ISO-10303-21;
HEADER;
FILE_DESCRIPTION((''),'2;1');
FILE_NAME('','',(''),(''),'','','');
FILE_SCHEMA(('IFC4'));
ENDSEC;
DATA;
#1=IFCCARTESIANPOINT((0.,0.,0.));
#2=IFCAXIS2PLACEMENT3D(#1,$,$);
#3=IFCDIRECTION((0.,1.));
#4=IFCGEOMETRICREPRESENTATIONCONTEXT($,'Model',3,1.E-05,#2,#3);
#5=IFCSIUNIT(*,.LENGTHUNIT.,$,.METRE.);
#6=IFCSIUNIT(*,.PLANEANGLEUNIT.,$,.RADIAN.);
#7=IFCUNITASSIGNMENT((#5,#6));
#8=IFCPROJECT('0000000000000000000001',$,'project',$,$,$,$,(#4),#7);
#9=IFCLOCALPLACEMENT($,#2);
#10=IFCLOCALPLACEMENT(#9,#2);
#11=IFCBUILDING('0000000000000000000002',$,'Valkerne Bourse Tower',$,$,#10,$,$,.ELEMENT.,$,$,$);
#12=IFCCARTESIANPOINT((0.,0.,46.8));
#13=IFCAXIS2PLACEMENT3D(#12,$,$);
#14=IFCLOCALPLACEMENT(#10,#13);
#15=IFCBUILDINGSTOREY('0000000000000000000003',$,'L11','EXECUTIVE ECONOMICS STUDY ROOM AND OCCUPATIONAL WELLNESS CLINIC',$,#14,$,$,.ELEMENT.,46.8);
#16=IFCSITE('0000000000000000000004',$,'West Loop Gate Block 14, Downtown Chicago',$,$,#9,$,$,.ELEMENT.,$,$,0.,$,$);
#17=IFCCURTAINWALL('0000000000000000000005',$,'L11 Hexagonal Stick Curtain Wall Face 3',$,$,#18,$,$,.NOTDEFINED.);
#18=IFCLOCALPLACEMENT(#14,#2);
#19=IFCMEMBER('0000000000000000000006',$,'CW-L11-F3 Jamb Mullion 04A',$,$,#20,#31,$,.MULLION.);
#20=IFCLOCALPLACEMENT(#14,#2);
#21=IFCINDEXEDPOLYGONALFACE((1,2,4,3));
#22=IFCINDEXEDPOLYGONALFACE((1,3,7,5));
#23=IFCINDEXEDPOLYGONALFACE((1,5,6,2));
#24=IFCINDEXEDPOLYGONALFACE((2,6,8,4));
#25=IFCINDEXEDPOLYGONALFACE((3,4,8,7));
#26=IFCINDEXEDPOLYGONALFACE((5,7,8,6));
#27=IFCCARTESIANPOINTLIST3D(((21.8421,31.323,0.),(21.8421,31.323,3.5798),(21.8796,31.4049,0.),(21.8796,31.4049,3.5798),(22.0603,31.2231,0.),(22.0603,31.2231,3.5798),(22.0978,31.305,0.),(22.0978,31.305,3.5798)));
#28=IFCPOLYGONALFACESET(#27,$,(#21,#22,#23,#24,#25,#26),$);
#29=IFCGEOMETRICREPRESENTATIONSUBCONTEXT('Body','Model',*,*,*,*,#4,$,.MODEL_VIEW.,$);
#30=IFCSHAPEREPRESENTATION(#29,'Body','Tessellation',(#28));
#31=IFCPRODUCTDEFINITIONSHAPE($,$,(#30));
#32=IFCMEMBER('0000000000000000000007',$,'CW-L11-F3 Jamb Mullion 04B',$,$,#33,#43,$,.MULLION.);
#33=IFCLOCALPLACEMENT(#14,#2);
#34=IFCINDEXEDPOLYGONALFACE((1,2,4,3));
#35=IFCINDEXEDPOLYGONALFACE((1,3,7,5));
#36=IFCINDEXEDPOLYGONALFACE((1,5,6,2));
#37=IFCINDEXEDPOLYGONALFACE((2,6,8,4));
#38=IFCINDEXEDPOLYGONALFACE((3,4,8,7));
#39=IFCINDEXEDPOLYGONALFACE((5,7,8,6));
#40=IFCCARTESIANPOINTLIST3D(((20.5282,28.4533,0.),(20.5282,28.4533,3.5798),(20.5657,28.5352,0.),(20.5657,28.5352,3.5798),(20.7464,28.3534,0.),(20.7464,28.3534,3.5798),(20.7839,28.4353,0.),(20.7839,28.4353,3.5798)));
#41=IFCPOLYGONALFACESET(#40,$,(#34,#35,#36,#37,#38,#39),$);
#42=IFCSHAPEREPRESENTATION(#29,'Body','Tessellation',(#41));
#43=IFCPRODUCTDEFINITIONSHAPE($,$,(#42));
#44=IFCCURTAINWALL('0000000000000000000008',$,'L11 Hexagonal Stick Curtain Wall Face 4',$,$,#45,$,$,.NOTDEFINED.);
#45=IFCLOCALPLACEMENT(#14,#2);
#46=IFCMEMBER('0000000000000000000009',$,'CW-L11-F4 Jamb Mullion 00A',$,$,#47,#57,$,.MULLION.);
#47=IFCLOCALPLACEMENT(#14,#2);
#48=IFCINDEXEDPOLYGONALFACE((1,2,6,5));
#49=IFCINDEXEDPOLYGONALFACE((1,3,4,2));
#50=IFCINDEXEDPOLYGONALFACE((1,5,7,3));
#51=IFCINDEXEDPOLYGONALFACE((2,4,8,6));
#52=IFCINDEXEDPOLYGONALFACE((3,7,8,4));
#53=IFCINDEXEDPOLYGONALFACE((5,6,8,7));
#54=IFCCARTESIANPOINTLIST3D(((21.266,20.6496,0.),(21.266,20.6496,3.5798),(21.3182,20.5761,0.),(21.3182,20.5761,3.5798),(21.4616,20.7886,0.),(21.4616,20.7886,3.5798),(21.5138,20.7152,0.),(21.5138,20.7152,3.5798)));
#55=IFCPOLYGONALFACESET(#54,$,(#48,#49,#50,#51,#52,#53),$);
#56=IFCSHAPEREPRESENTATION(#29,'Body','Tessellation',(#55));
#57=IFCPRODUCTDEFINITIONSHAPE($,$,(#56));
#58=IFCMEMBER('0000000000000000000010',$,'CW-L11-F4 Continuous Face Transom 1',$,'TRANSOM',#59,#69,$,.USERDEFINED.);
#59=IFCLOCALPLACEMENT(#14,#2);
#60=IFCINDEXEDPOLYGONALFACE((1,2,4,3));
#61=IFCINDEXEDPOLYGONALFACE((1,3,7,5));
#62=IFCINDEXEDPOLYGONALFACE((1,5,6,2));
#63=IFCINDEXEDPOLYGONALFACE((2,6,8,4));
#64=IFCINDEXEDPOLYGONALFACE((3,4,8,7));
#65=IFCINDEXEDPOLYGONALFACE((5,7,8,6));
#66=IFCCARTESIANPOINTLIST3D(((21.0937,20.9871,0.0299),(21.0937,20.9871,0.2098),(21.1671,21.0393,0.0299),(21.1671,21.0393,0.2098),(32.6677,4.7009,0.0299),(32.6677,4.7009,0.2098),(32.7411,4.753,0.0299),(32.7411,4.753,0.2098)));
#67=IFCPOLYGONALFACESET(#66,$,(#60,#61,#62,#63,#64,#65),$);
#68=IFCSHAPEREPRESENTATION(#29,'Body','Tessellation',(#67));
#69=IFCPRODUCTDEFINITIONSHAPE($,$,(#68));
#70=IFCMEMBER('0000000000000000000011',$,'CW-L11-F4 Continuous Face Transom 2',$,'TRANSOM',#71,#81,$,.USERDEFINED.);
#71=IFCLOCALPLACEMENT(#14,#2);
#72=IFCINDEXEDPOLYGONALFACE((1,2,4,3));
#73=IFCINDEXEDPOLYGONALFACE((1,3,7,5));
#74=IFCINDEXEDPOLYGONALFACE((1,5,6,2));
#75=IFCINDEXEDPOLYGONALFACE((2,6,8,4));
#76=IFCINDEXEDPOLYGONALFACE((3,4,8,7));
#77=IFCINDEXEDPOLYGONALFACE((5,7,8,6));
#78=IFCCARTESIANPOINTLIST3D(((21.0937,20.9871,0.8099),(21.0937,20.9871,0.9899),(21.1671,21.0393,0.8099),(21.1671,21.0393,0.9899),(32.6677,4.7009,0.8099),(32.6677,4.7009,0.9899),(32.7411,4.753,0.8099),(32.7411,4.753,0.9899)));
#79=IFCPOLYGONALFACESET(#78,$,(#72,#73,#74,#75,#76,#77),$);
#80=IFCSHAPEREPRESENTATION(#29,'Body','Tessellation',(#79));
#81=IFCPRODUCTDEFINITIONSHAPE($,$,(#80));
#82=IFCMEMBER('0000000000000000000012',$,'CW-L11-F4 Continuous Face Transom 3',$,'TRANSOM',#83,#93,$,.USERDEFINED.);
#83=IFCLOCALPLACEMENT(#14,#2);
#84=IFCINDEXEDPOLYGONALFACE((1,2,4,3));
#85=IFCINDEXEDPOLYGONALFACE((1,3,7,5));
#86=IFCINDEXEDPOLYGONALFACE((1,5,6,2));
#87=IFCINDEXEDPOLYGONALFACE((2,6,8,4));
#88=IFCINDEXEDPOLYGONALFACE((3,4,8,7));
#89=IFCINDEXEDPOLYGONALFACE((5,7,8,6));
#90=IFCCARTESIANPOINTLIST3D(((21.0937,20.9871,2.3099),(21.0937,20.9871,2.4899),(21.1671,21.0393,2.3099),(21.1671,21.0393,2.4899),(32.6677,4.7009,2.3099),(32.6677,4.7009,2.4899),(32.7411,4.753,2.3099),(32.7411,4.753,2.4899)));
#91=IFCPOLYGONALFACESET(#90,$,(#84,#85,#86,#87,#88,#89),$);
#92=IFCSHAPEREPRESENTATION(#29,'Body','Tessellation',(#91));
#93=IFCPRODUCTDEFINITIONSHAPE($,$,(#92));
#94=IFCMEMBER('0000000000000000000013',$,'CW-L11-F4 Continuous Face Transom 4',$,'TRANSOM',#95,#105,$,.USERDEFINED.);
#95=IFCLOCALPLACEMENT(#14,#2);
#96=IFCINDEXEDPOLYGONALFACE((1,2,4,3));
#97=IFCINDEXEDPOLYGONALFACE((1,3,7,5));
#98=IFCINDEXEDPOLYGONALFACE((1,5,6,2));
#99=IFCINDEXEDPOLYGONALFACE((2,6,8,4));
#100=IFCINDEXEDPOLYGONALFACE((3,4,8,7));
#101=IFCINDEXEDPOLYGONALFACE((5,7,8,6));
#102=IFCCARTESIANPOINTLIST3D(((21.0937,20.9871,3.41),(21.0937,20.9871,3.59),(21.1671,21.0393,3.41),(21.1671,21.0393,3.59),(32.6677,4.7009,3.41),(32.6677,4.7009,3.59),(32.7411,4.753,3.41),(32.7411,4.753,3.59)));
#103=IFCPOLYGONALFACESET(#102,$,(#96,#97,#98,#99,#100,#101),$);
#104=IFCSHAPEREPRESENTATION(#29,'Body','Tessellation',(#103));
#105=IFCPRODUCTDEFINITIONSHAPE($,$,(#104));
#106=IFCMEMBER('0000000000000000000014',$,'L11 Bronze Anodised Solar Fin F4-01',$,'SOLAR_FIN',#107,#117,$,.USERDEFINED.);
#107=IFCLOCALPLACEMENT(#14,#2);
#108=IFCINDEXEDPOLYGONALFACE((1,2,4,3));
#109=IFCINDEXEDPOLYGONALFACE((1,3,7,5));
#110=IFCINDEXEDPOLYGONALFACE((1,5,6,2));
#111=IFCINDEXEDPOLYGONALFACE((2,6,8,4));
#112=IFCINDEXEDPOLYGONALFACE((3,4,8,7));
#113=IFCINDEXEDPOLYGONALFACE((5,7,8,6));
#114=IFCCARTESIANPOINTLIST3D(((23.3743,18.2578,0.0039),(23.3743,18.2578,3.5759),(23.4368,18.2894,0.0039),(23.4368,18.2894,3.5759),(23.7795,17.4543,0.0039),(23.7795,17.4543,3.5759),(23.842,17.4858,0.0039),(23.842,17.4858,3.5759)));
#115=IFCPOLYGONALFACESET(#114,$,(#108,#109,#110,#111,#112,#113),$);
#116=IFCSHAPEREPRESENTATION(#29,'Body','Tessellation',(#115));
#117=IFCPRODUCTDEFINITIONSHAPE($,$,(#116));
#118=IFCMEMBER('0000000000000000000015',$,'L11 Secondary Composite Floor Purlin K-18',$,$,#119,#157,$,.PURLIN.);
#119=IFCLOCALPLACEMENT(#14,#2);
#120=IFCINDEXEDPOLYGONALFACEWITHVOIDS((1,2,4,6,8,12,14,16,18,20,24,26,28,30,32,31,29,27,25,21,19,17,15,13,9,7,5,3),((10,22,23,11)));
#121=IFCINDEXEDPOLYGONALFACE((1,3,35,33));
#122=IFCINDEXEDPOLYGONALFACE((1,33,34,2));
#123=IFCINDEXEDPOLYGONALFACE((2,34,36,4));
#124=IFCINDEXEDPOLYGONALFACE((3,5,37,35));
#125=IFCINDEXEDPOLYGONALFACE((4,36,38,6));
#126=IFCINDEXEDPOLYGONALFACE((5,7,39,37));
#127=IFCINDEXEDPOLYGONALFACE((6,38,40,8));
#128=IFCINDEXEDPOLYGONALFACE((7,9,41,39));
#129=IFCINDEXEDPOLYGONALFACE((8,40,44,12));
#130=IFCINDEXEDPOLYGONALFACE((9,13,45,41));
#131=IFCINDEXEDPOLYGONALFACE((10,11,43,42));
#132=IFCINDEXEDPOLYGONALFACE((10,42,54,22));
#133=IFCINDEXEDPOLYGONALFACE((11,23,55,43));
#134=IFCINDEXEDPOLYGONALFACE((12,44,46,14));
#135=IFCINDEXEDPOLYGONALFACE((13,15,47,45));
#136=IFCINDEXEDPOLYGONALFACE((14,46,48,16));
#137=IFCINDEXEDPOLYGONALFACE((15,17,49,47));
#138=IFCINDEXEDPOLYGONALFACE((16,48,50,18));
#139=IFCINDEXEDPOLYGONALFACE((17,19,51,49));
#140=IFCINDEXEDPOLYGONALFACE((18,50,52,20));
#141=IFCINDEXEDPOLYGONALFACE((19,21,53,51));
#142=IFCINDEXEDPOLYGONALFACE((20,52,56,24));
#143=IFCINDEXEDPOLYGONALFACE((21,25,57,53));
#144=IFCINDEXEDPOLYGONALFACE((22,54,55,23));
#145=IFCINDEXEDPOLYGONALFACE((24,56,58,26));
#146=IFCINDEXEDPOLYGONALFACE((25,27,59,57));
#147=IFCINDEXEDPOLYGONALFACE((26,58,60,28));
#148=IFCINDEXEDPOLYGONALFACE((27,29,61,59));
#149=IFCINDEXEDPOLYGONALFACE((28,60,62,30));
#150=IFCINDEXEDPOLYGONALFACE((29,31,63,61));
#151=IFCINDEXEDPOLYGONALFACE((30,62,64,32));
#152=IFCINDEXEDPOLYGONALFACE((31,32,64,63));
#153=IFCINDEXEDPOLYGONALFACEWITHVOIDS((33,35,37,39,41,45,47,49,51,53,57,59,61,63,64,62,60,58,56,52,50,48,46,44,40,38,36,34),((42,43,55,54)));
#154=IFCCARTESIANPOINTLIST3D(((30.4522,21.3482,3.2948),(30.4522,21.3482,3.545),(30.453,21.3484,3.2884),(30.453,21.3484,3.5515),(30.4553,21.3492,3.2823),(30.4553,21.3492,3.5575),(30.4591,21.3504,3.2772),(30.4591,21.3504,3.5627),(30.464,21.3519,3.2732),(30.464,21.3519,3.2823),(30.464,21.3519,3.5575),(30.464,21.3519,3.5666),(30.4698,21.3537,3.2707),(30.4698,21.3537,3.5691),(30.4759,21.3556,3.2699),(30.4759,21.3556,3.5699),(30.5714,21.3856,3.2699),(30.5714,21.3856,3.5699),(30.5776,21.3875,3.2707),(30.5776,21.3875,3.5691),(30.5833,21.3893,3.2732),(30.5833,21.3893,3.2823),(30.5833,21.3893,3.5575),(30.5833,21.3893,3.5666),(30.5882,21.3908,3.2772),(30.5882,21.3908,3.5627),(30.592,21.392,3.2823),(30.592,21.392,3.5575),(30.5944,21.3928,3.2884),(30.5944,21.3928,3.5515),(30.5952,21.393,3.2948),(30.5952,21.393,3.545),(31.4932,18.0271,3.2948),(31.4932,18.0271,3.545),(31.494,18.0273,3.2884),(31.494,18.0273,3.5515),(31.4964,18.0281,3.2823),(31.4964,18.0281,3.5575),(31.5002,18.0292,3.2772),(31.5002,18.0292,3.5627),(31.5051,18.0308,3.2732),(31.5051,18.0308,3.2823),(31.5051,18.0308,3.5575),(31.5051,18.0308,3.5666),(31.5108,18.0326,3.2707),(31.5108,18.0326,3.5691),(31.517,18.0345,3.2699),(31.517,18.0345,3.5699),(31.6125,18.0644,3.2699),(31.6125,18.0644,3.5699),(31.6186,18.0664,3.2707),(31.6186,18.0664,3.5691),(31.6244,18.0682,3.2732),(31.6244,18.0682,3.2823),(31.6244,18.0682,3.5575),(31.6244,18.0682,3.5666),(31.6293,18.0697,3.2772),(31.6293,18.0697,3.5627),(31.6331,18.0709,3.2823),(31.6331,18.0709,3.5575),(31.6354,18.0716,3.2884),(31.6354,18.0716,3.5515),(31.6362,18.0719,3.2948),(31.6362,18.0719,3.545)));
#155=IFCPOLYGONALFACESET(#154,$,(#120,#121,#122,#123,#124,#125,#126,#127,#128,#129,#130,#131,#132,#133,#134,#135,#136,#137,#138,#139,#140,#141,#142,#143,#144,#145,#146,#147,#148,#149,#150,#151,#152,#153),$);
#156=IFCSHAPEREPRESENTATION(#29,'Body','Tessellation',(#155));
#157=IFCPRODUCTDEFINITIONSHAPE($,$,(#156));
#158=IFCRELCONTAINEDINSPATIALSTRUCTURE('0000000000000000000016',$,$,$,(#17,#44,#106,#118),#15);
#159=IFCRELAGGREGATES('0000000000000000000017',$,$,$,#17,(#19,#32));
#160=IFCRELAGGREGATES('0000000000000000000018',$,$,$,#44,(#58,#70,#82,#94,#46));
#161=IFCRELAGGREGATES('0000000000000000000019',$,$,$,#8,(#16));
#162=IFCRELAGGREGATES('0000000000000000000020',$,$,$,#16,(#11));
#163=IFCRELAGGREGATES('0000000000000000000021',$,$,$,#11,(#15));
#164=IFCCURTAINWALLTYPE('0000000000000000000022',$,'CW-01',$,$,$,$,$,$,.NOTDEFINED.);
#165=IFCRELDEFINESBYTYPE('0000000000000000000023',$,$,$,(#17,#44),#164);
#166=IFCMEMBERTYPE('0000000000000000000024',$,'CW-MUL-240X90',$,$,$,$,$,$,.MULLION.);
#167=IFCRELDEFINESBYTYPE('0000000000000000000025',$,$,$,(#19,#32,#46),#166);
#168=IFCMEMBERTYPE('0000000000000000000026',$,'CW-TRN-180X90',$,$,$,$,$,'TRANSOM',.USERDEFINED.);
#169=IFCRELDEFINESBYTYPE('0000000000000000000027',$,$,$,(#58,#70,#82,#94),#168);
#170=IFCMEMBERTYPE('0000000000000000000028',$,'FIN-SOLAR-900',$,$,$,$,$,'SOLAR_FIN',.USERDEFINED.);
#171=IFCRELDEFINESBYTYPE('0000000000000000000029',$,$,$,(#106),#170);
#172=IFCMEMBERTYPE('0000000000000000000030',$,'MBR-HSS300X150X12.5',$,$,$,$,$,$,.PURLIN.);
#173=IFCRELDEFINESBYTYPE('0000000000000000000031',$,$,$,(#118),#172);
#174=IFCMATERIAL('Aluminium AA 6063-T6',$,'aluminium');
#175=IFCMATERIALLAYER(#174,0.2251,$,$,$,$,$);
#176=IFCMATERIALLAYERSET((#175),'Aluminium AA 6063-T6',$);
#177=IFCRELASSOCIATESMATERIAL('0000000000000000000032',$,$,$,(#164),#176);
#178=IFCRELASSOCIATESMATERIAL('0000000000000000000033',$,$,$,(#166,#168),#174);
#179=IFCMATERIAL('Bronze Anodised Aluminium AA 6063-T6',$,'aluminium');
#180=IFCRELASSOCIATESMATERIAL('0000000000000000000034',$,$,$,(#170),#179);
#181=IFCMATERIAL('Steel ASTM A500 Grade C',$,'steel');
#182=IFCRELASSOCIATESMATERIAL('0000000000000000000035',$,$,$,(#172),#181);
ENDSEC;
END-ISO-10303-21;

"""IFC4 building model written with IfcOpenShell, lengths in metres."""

from ifc_helpers import new_model, si_unit, direction, frame, origin, origin_2d, place, context, subcontext, project, spatial, rectangle, hollow_rectangle, extrude, material, layer, layer_set, material_profile, profile_set, type_object, element, aggregate, save


model = new_model("IFC4")

# Units and contexts
model_context = context("Model", 3, precision=1e-05, world=origin(), true_north=direction((0.0, 1.0)))
body_context = subcontext(model_context, "Body", "Model", "MODEL_VIEW")
ifc_project = project(units=[si_unit("LENGTHUNIT", "METRE"), si_unit("PLANEANGLEUNIT", "RADIAN")], contexts=[model_context])

# Site, building, storey
site_placement = place(None, origin())
site = spatial("IfcSite", under=ifc_project, at=site_placement, Name="West Loop Gate Block 14, Downtown Chicago", CompositionType="ELEMENT", RefElevation=0.0)
building_placement = place(site_placement, origin())
building = spatial("IfcBuilding", under=site, at=building_placement, Name="Valkerne Bourse Tower", CompositionType="ELEMENT")
storey_placement = place(building_placement, frame((0.0, 0.0, 46.8)))
storey = spatial("IfcBuildingStorey", under=building, at=storey_placement, Name="L11", Description="EXECUTIVE ECONOMICS STUDY ROOM AND OCCUPATIONAL WELLNESS CLINIC", CompositionType="ELEMENT", Elevation=46.8)

# Curtain walls, members
ifc_material_1 = material(Name="Aluminium AA 6063-T6", Category="aluminium")
ifc_layer_1 = layer(ifc_material_1, 0.2251)
ifc_layer_set_1 = layer_set([ifc_layer_1], Name="Aluminium AA 6063-T6")
curtain_wall_type = type_object("IfcCurtainWallType", Name="CW-01", PredefinedType="NOTDEFINED", material=ifc_layer_set_1)
curtain_wall_1_placement = place(storey_placement, origin())
curtain_wall_1 = element("IfcCurtainWall", 1, at=curtain_wall_1_placement, inside=storey, type_object=curtain_wall_type, Name="L11 Hexagonal Stick Curtain Wall Face 3", PredefinedType="NOTDEFINED")
ifc_material_profile_1 = material_profile(ifc_material_1, rectangle(XDim=0.0901, YDim=0.24, at=origin_2d()), Name="CWM-90X240")
ifc_profile_set_1 = profile_set([ifc_material_profile_1], Name="Aluminium AA 6063-T6")
member_type_1 = type_object("IfcMemberType", Name="CW-MUL-240X90", PredefinedType="MULLION", material=ifc_profile_set_1)
member_1_placement = place(storey_placement, frame((21.97, 31.314, 0.0), z_axis=(0.0, 0.0, 1.0), x_axis=(-0.41629, -0.909232, 0.0)))
member_1 = element("IfcMember", 2, at=member_1_placement, type_object=member_type_1, Name="CW-L11-F3 Jamb Mullion 04A", PredefinedType="MULLION", context=body_context, shape_type="SweptSolid", body=[
    extrude(rectangle(XDim=0.0901, YDim=0.24, at=origin_2d()), origin(), (0.0, 0.0, 1.0), 3.5798),
])
member_2_placement = place(storey_placement, frame((20.656, 28.4443, 0.0), z_axis=(0.0, 0.0, 1.0), x_axis=(-0.41629, -0.909232, 0.0)))
member_2 = element("IfcMember", 3, at=member_2_placement, type_object=member_type_1, Name="CW-L11-F3 Jamb Mullion 04B", PredefinedType="MULLION", context=body_context, shape_type="SweptSolid", body=[
    extrude(rectangle(XDim=0.0901, YDim=0.24, at=origin_2d()), origin(), (0.0, 0.0, 1.0), 3.5798),
])
curtain_wall_2_placement = place(storey_placement, origin())
curtain_wall_2 = element("IfcCurtainWall", 4, at=curtain_wall_2_placement, inside=storey, type_object=curtain_wall_type, Name="L11 Hexagonal Stick Curtain Wall Face 4", PredefinedType="NOTDEFINED")
member_3_placement = place(storey_placement, frame((21.3899, 20.6824, 0.0), z_axis=(0.0, 0.0, 1.0), x_axis=(0.579286, -0.815124, 0.0)))
member_3 = element("IfcMember", 5, at=member_3_placement, type_object=member_type_1, Name="CW-L11-F4 Jamb Mullion 00A", PredefinedType="MULLION", context=body_context, shape_type="SweptSolid", body=[
    extrude(rectangle(XDim=0.0901, YDim=0.24, at=origin_2d()), origin(), (0.0, 0.0, 1.0), 3.5798),
])
ifc_material_profile_2 = material_profile(ifc_material_1, rectangle(XDim=0.0901, YDim=0.1799, at=origin_2d()), Name="CWT-90X180")
ifc_profile_set_2 = profile_set([ifc_material_profile_2], Name="Aluminium AA 6063-T6")
member_type_2 = type_object("IfcMemberType", Name="CW-TRN-180X90", ElementType="TRANSOM", PredefinedType="USERDEFINED", material=ifc_profile_set_2)
member_4_placement = place(storey_placement, frame((21.1304, 21.0132, 0.1199), z_axis=(0.579282, -0.815127, 0.0), x_axis=(0.815127, 0.579282, 0.0)))
member_4 = element("IfcMember", 6, at=member_4_placement, type_object=member_type_2, Name="CW-L11-F4 Continuous Face Transom 1", ObjectType="TRANSOM", PredefinedType="USERDEFINED", context=body_context, shape_type="SweptSolid", body=[
    extrude(rectangle(XDim=0.0901, YDim=0.1799, at=origin_2d()), origin(), (0.0, 0.0, 1.0), 19.98),
])
member_5_placement = place(storey_placement, frame((21.1304, 21.0132, 0.8999), z_axis=(0.579282, -0.815127, 0.0), x_axis=(0.815127, 0.579282, 0.0)))
member_5 = element("IfcMember", 7, at=member_5_placement, type_object=member_type_2, Name="CW-L11-F4 Continuous Face Transom 2", ObjectType="TRANSOM", PredefinedType="USERDEFINED", context=body_context, shape_type="SweptSolid", body=[
    extrude(rectangle(XDim=0.0901, YDim=0.1799, at=origin_2d()), origin(), (0.0, 0.0, 1.0), 19.98),
])
member_6_placement = place(storey_placement, frame((21.1304, 21.0132, 2.3999), z_axis=(0.579282, -0.815127, 0.0), x_axis=(0.815127, 0.579282, 0.0)))
member_6 = element("IfcMember", 8, at=member_6_placement, type_object=member_type_2, Name="CW-L11-F4 Continuous Face Transom 3", ObjectType="TRANSOM", PredefinedType="USERDEFINED", context=body_context, shape_type="SweptSolid", body=[
    extrude(rectangle(XDim=0.0901, YDim=0.1799, at=origin_2d()), origin(), (0.0, 0.0, 1.0), 19.98),
])
member_7_placement = place(storey_placement, frame((21.1304, 21.0132, 3.5), z_axis=(0.579282, -0.815127, 0.0), x_axis=(0.815127, 0.579282, 0.0)))
member_7 = element("IfcMember", 9, at=member_7_placement, type_object=member_type_2, Name="CW-L11-F4 Continuous Face Transom 4", ObjectType="TRANSOM", PredefinedType="USERDEFINED", context=body_context, shape_type="SweptSolid", body=[
    extrude(rectangle(XDim=0.0901, YDim=0.1799, at=origin_2d()), origin(), (0.0, 0.0, 1.0), 19.98),
])

# Members
ifc_material_2 = material(Name="Bronze Anodised Aluminium AA 6063-T6", Category="aluminium")
ifc_material_profile_3 = material_profile(ifc_material_2, rectangle(XDim=0.0701, YDim=0.8999, at=origin_2d()), Name="FIN-70X900")
ifc_profile_set_3 = profile_set([ifc_material_profile_3], Name="Bronze Anodised Aluminium AA 6063-T6")
member_type_3 = type_object("IfcMemberType", Name="FIN-SOLAR-900", ElementType="SOLAR_FIN", PredefinedType="USERDEFINED", material=ifc_profile_set_3)
member_8_placement = place(storey_placement, frame((23.6082, 17.8718, 0.0039), z_axis=(0.0, 0.0, 1.0), x_axis=(-0.892893, -0.450268, 0.0)))
element("IfcMember", 10, at=member_8_placement, inside=storey, type_object=member_type_3, Name="L11 Bronze Anodised Solar Fin F4-01", ObjectType="SOLAR_FIN", PredefinedType="USERDEFINED", context=body_context, shape_type="SweptSolid", body=[
    extrude(rectangle(XDim=0.0701, YDim=0.8999, at=origin_2d()), origin(), (0.0, 0.0, 1.0), 3.572),
])
ifc_material_3 = material(Name="Steel ASTM A500 Grade C", Category="steel")
ifc_material_profile_4 = material_profile(ifc_material_3, hollow_rectangle(XDim=0.1499, YDim=0.3, WallThickness=0.0125, OuterFilletRadius=0.0249, at=origin_2d()), Name="HSS300X150X12.5")
ifc_profile_set_4 = profile_set([ifc_material_profile_4], Name="Steel ASTM A500 Grade C")
member_type_4 = type_object("IfcMemberType", Name="MBR-HSS300X150X12.5", PredefinedType="PURLIN", material=ifc_profile_set_4)
member_9_placement = place(storey_placement, frame((30.5237, 21.3706, 3.4199), z_axis=(0.29911, -0.954219, 0.0), x_axis=(0.954219, 0.29911, 0.0)))
element("IfcMember", 11, at=member_9_placement, inside=storey, type_object=member_type_4, Name="L11 Secondary Composite Floor Purlin K-18", PredefinedType="PURLIN", context=body_context, shape_type="SweptSolid", body=[
    extrude(hollow_rectangle(XDim=0.1499, YDim=0.3, WallThickness=0.0125, OuterFilletRadius=0.0249, at=origin_2d()), origin(), (0.0, 0.0, 1.0), 3.4805),
])

aggregate(curtain_wall_1, [member_1, member_2])
aggregate(curtain_wall_2, [member_4, member_5, member_6, member_7, member_3])

save(model, "model.ifc")
